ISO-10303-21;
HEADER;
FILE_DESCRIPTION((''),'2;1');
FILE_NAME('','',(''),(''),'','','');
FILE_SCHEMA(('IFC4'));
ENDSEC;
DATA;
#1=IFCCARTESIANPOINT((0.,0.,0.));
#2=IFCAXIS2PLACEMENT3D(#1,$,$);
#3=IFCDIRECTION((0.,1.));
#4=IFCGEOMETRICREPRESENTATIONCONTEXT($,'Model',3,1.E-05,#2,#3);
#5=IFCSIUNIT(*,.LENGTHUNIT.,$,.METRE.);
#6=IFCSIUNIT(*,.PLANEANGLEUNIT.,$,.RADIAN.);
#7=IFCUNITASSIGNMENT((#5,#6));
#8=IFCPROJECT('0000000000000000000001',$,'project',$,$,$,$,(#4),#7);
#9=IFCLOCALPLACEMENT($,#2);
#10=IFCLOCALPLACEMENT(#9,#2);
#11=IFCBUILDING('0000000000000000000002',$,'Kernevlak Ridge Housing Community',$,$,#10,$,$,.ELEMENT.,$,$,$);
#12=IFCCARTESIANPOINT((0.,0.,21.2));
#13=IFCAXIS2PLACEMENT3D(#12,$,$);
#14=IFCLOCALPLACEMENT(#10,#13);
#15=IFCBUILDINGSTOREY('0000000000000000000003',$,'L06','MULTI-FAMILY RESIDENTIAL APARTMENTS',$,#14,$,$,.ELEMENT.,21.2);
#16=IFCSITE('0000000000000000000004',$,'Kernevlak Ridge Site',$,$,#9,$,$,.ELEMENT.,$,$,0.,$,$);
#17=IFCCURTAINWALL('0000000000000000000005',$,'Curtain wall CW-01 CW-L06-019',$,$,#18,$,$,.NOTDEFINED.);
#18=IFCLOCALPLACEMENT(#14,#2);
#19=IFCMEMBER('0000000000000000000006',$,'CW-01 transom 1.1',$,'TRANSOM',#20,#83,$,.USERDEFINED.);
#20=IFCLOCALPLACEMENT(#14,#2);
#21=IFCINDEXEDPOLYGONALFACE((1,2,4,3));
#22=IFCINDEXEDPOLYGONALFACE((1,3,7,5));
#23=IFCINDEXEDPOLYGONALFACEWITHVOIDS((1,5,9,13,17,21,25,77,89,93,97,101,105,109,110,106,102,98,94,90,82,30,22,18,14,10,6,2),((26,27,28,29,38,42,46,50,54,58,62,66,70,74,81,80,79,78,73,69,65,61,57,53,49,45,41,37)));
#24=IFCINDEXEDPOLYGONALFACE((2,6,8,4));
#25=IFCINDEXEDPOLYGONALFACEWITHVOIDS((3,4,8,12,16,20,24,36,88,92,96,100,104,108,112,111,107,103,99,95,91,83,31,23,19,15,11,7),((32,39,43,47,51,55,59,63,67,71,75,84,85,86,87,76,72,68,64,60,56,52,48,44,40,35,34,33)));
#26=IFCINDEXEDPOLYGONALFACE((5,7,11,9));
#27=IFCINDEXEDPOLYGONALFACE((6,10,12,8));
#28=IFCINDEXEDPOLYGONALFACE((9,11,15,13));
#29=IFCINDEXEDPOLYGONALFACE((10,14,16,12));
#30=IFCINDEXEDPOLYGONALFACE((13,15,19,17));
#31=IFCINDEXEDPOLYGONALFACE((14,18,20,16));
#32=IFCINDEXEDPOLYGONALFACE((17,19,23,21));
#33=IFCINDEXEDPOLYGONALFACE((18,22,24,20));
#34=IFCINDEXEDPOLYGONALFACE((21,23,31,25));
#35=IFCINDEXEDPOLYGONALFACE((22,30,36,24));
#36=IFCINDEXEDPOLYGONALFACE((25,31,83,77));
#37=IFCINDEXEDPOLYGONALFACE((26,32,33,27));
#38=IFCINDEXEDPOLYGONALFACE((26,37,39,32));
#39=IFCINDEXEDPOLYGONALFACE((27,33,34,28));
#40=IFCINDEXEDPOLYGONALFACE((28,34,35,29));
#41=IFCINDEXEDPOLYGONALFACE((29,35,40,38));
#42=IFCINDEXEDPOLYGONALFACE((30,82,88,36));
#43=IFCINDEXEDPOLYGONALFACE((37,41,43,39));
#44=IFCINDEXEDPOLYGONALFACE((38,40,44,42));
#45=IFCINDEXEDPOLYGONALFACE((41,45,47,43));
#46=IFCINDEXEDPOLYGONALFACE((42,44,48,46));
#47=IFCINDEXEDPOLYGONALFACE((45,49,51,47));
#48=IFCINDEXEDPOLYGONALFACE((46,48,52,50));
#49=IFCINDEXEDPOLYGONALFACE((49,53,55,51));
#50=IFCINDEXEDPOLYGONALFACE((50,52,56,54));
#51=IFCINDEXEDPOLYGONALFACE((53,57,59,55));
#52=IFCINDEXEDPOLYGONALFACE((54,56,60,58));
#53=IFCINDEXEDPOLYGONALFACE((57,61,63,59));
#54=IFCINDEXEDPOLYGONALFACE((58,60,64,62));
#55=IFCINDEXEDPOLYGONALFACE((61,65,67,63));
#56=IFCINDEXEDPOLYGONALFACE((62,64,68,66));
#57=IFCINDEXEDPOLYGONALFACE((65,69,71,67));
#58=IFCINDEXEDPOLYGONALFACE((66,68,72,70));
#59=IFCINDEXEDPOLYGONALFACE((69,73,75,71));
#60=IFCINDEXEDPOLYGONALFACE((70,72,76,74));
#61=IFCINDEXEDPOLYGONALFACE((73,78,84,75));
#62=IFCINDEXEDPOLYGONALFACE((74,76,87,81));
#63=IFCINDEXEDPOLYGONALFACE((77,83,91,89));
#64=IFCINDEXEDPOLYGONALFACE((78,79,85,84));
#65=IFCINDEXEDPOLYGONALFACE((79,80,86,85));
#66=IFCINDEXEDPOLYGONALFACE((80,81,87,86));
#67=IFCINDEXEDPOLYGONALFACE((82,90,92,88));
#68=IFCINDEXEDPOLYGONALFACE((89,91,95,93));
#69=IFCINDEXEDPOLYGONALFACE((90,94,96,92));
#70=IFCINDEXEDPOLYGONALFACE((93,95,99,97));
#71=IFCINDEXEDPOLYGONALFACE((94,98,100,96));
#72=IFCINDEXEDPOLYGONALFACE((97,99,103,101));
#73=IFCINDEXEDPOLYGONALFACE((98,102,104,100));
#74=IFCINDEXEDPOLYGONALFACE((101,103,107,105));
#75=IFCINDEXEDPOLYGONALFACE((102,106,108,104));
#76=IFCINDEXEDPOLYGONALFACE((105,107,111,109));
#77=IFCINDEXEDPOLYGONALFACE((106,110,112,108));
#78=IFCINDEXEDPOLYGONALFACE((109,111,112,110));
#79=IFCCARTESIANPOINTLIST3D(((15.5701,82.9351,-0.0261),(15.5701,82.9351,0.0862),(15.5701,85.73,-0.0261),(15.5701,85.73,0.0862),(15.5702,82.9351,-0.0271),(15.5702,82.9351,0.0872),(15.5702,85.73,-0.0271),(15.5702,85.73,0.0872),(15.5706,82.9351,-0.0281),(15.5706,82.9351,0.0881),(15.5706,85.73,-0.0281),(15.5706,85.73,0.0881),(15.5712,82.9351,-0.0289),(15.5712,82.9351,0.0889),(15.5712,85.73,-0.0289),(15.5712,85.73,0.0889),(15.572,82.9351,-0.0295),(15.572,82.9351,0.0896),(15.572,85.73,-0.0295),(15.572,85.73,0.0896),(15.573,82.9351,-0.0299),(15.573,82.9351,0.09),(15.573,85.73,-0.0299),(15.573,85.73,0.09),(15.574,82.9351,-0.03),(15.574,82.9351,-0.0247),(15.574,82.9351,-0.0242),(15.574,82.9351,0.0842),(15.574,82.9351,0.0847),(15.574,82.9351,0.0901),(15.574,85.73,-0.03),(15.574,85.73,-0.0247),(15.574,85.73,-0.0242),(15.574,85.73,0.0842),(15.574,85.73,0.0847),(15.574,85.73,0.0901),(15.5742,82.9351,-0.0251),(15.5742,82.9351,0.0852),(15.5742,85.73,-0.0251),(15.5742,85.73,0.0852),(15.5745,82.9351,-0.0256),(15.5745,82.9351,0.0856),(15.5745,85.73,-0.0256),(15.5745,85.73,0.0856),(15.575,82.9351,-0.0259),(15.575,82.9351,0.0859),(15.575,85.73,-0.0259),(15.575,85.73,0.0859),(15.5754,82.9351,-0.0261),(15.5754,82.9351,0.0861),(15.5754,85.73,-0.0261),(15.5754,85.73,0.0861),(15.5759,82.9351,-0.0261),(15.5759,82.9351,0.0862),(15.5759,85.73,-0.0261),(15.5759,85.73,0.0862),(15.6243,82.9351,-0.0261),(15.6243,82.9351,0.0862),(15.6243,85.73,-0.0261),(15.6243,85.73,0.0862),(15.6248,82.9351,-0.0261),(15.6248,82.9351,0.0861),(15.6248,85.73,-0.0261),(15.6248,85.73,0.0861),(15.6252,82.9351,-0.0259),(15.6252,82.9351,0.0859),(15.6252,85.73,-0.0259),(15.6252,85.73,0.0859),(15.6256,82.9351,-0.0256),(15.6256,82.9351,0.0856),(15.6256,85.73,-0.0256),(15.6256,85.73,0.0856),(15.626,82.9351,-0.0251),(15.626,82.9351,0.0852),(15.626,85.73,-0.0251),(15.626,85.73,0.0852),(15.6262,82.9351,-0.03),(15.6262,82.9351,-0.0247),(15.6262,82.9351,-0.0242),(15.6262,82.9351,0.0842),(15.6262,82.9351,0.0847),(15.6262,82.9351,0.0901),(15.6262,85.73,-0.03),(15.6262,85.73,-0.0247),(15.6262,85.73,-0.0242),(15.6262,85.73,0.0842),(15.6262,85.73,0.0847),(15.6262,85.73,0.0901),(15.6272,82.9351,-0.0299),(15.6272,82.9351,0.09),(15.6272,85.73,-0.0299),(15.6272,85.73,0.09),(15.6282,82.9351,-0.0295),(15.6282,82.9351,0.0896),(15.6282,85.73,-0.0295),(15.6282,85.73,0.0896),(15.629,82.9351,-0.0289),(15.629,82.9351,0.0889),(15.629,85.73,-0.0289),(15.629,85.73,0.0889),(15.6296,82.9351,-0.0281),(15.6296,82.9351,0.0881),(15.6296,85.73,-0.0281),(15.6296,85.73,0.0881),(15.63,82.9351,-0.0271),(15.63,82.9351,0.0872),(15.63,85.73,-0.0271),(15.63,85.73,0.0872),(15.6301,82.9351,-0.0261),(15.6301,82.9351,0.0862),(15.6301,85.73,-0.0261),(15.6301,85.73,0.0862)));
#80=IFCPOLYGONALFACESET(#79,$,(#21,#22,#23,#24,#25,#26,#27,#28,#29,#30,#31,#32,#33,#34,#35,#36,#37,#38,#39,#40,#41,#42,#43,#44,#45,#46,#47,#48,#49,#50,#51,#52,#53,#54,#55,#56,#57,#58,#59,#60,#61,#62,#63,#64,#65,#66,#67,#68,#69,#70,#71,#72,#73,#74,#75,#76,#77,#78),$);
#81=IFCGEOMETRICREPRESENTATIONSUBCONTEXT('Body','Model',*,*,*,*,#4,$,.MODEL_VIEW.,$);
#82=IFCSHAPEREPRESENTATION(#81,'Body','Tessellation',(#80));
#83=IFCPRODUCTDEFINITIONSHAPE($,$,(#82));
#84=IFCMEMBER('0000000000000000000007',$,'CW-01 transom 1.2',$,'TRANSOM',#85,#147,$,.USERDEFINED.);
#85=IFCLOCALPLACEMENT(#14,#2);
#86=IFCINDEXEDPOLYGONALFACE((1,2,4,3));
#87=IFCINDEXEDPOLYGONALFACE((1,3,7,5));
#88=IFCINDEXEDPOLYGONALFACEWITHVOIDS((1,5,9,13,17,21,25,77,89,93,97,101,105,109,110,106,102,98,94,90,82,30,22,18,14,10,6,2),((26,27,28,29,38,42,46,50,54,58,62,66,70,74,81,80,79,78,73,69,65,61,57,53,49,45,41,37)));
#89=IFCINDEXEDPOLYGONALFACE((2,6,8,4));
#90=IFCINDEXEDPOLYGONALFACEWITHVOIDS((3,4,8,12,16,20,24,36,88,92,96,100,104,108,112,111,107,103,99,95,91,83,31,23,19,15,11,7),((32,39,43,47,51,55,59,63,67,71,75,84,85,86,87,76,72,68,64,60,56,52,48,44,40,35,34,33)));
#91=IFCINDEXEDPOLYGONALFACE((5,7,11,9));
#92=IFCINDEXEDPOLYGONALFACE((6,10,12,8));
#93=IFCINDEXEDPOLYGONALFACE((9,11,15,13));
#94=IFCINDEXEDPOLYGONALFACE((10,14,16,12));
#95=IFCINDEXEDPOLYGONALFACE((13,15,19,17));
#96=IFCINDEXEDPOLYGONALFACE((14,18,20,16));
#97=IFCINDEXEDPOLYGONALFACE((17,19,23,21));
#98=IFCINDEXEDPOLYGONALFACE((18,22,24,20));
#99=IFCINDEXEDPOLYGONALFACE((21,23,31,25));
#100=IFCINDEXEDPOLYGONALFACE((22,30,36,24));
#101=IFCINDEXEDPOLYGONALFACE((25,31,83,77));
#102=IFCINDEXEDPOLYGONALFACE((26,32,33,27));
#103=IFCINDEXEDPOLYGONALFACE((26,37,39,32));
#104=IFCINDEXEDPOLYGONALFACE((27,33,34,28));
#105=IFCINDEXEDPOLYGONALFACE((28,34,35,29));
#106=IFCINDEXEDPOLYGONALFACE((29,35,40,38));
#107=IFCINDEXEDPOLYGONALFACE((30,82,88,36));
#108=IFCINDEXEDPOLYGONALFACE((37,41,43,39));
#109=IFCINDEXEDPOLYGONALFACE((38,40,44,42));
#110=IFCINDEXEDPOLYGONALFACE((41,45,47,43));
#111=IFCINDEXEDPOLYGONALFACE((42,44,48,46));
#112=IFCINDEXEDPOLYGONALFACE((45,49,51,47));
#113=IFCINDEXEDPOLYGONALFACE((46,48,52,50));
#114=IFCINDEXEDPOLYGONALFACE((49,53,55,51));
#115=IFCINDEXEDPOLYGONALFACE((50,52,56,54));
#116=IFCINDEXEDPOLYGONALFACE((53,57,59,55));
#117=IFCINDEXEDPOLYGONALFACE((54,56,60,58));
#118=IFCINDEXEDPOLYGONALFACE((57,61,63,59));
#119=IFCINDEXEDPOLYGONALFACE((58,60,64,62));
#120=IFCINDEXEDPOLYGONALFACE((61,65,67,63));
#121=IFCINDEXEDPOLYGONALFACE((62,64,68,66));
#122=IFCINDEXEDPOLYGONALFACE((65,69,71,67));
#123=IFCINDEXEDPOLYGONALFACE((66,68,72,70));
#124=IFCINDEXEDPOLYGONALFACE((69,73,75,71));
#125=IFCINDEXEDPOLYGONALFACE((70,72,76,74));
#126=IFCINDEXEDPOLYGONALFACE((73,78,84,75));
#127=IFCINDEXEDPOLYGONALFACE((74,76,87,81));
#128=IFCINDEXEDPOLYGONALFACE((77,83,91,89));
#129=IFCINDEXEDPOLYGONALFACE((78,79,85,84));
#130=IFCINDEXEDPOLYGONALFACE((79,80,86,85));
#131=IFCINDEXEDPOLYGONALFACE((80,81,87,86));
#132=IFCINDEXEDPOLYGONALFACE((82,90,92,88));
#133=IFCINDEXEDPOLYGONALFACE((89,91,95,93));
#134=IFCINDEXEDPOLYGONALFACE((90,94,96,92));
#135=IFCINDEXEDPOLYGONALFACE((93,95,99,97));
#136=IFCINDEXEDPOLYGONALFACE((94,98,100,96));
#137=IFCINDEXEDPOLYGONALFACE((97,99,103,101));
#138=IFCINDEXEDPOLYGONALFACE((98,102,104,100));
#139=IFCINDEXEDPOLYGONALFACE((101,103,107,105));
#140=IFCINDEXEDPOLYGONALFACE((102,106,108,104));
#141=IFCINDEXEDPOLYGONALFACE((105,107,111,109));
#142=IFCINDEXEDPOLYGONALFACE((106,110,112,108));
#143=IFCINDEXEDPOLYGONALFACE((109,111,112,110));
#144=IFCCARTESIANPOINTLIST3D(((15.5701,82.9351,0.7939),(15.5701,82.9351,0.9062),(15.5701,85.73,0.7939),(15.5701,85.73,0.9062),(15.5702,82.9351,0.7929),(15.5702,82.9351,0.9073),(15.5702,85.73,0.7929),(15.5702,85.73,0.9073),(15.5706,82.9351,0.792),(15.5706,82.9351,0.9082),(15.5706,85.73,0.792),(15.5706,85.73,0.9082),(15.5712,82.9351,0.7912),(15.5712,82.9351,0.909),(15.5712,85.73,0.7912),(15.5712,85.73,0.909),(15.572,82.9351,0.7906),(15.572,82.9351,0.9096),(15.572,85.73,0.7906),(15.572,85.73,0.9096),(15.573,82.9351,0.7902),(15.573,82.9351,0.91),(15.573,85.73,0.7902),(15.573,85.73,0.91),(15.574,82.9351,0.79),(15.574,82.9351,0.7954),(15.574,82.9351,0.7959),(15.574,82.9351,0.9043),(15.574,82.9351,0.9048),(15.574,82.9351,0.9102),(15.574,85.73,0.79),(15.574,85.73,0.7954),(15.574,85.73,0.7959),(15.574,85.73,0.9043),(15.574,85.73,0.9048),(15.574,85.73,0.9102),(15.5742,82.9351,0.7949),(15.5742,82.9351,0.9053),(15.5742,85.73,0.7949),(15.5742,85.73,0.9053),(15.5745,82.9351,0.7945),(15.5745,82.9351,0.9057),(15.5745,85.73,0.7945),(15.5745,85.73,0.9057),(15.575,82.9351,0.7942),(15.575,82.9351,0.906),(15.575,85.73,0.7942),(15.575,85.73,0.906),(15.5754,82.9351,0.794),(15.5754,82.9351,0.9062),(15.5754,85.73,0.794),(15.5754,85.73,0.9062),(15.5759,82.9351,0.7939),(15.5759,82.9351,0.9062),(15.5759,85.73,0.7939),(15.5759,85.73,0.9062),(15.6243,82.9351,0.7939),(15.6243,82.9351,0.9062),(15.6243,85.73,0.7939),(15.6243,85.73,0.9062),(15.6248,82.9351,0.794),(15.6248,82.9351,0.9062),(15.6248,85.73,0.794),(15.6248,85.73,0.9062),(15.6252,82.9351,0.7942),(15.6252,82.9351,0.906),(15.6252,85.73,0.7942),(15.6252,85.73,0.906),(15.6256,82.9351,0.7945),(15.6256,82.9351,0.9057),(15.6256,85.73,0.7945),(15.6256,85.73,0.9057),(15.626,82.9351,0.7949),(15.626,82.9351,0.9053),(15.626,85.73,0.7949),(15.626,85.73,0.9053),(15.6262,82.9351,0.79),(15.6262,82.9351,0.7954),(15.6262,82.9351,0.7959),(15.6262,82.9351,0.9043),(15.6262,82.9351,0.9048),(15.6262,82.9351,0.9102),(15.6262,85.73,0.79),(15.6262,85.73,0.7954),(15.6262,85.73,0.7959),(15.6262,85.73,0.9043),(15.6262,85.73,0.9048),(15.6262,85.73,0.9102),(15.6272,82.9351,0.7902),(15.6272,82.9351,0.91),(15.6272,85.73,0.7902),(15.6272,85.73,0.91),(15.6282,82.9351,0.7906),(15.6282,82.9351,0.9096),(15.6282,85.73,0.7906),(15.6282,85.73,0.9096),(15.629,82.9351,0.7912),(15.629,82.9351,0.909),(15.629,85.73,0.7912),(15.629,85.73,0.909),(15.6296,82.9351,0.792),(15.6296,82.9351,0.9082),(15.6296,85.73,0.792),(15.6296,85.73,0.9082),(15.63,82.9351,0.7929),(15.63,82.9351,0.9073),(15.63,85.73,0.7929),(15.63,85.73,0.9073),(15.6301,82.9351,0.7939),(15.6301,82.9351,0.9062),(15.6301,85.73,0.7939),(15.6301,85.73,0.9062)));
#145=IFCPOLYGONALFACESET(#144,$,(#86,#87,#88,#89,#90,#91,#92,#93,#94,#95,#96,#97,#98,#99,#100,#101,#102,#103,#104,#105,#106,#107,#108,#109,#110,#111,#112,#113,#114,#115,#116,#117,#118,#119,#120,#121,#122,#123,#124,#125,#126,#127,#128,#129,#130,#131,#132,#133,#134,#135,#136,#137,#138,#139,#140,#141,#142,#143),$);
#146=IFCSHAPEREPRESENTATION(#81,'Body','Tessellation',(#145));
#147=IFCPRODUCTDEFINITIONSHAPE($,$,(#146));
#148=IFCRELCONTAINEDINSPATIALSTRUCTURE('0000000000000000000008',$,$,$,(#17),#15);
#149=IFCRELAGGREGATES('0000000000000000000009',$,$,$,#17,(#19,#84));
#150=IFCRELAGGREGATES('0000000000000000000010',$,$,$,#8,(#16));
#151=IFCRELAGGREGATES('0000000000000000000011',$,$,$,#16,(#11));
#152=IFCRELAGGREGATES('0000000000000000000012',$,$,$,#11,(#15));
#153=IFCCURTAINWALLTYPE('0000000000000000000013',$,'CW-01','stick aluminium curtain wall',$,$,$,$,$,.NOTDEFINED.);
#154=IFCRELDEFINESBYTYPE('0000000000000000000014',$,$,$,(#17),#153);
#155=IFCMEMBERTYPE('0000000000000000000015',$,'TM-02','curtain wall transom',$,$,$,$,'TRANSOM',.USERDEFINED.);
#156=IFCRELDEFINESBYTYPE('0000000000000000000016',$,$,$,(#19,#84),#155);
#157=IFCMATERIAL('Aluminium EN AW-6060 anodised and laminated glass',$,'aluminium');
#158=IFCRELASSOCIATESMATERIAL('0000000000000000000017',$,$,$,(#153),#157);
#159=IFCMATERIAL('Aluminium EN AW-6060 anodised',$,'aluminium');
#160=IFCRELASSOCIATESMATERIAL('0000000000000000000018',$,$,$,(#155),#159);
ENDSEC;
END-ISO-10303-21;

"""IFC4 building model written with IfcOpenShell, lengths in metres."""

from ifc_helpers import new_model, si_unit, direction, frame, origin, origin_2d, place, context, subcontext, project, spatial, hollow_rectangle, extrude, material, material_profile, profile_set, type_object, element, aggregate, save


model = new_model("IFC4")

# Units and contexts
model_context = context("Model", 3, precision=1e-05, world=origin(), true_north=direction((0.0, 1.0)))
body_context = subcontext(model_context, "Body", "Model", "MODEL_VIEW")
ifc_project = project(units=[si_unit("LENGTHUNIT", "METRE"), si_unit("PLANEANGLEUNIT", "RADIAN")], contexts=[model_context])

# Site, building, storey
site_placement = place(None, origin())
site = spatial("IfcSite", under=ifc_project, at=site_placement, Name="Kernevlak Ridge Site", CompositionType="ELEMENT", RefElevation=0.0)
building_placement = place(site_placement, origin())
building = spatial("IfcBuilding", under=site, at=building_placement, Name="Kernevlak Ridge Housing Community", CompositionType="ELEMENT")
storey_placement = place(building_placement, frame((0.0, 0.0, 21.2)))
storey = spatial("IfcBuildingStorey", under=building, at=storey_placement, Name="L06", Description="MULTI-FAMILY RESIDENTIAL APARTMENTS", CompositionType="ELEMENT", Elevation=21.2)

# Curtain wall
ifc_material_1 = material(Name="Aluminium EN AW-6060 anodised and laminated glass", Category="aluminium")
curtain_wall_type = type_object("IfcCurtainWallType", Name="CW-01", Description="stick aluminium curtain wall", PredefinedType="NOTDEFINED", material=ifc_material_1)
curtain_wall_placement = place(storey_placement, origin())
curtain_wall = element("IfcCurtainWall", 1, at=curtain_wall_placement, inside=storey, type_object=curtain_wall_type, Name="Curtain wall CW-01 CW-L06-019", PredefinedType="NOTDEFINED")
ifc_material_2 = material(Name="Aluminium EN AW-6060 anodised", Category="aluminium")

# Members
ifc_material_profile_1 = material_profile(ifc_material_2, hollow_rectangle(XDim=0.0601, YDim=0.1201, WallThickness=0.0039, InnerFilletRadius=0.002, OuterFilletRadius=0.0039, at=origin_2d()), Name="ALU 60x120x4")
ifc_profile_set_1 = profile_set([ifc_material_profile_1], Name="Aluminium EN AW-6060 anodised")
member_type_1 = type_object("IfcMemberType", Name="TM-02", Description="curtain wall transom", ElementType="TRANSOM", PredefinedType="USERDEFINED", material=ifc_profile_set_1)
member_1_placement = place(storey_placement, frame((15.6001, 82.9351, 0.03), z_axis=(0.0, 1.0, 0.0), x_axis=(-1.0, 0.0, 0.0)))
member_1 = element("IfcMember", 2, at=member_1_placement, type_object=member_type_1, Name="CW-01 transom 1.1", ObjectType="TRANSOM", PredefinedType="USERDEFINED", context=body_context, shape_type="SweptSolid", body=[
    extrude(hollow_rectangle(XDim=0.0601, YDim=0.1201, WallThickness=0.0039, InnerFilletRadius=0.002, OuterFilletRadius=0.0039, at=origin_2d()), origin(), (0.0, 0.0, 1.0), 2.7949),
])
member_2_placement = place(storey_placement, frame((15.6001, 82.9351, 0.8501), z_axis=(0.0, 1.0, 0.0), x_axis=(-1.0, 0.0, 0.0)))
member_2 = element("IfcMember", 3, at=member_2_placement, type_object=member_type_1, Name="CW-01 transom 1.2", ObjectType="TRANSOM", PredefinedType="USERDEFINED", context=body_context, shape_type="SweptSolid", body=[
    extrude(hollow_rectangle(XDim=0.0601, YDim=0.1201, WallThickness=0.0039, InnerFilletRadius=0.002, OuterFilletRadius=0.0039, at=origin_2d()), origin(), (0.0, 0.0, 1.0), 2.7949),
])

aggregate(curtain_wall, [member_1, member_2])

save(model, "model.ifc")
